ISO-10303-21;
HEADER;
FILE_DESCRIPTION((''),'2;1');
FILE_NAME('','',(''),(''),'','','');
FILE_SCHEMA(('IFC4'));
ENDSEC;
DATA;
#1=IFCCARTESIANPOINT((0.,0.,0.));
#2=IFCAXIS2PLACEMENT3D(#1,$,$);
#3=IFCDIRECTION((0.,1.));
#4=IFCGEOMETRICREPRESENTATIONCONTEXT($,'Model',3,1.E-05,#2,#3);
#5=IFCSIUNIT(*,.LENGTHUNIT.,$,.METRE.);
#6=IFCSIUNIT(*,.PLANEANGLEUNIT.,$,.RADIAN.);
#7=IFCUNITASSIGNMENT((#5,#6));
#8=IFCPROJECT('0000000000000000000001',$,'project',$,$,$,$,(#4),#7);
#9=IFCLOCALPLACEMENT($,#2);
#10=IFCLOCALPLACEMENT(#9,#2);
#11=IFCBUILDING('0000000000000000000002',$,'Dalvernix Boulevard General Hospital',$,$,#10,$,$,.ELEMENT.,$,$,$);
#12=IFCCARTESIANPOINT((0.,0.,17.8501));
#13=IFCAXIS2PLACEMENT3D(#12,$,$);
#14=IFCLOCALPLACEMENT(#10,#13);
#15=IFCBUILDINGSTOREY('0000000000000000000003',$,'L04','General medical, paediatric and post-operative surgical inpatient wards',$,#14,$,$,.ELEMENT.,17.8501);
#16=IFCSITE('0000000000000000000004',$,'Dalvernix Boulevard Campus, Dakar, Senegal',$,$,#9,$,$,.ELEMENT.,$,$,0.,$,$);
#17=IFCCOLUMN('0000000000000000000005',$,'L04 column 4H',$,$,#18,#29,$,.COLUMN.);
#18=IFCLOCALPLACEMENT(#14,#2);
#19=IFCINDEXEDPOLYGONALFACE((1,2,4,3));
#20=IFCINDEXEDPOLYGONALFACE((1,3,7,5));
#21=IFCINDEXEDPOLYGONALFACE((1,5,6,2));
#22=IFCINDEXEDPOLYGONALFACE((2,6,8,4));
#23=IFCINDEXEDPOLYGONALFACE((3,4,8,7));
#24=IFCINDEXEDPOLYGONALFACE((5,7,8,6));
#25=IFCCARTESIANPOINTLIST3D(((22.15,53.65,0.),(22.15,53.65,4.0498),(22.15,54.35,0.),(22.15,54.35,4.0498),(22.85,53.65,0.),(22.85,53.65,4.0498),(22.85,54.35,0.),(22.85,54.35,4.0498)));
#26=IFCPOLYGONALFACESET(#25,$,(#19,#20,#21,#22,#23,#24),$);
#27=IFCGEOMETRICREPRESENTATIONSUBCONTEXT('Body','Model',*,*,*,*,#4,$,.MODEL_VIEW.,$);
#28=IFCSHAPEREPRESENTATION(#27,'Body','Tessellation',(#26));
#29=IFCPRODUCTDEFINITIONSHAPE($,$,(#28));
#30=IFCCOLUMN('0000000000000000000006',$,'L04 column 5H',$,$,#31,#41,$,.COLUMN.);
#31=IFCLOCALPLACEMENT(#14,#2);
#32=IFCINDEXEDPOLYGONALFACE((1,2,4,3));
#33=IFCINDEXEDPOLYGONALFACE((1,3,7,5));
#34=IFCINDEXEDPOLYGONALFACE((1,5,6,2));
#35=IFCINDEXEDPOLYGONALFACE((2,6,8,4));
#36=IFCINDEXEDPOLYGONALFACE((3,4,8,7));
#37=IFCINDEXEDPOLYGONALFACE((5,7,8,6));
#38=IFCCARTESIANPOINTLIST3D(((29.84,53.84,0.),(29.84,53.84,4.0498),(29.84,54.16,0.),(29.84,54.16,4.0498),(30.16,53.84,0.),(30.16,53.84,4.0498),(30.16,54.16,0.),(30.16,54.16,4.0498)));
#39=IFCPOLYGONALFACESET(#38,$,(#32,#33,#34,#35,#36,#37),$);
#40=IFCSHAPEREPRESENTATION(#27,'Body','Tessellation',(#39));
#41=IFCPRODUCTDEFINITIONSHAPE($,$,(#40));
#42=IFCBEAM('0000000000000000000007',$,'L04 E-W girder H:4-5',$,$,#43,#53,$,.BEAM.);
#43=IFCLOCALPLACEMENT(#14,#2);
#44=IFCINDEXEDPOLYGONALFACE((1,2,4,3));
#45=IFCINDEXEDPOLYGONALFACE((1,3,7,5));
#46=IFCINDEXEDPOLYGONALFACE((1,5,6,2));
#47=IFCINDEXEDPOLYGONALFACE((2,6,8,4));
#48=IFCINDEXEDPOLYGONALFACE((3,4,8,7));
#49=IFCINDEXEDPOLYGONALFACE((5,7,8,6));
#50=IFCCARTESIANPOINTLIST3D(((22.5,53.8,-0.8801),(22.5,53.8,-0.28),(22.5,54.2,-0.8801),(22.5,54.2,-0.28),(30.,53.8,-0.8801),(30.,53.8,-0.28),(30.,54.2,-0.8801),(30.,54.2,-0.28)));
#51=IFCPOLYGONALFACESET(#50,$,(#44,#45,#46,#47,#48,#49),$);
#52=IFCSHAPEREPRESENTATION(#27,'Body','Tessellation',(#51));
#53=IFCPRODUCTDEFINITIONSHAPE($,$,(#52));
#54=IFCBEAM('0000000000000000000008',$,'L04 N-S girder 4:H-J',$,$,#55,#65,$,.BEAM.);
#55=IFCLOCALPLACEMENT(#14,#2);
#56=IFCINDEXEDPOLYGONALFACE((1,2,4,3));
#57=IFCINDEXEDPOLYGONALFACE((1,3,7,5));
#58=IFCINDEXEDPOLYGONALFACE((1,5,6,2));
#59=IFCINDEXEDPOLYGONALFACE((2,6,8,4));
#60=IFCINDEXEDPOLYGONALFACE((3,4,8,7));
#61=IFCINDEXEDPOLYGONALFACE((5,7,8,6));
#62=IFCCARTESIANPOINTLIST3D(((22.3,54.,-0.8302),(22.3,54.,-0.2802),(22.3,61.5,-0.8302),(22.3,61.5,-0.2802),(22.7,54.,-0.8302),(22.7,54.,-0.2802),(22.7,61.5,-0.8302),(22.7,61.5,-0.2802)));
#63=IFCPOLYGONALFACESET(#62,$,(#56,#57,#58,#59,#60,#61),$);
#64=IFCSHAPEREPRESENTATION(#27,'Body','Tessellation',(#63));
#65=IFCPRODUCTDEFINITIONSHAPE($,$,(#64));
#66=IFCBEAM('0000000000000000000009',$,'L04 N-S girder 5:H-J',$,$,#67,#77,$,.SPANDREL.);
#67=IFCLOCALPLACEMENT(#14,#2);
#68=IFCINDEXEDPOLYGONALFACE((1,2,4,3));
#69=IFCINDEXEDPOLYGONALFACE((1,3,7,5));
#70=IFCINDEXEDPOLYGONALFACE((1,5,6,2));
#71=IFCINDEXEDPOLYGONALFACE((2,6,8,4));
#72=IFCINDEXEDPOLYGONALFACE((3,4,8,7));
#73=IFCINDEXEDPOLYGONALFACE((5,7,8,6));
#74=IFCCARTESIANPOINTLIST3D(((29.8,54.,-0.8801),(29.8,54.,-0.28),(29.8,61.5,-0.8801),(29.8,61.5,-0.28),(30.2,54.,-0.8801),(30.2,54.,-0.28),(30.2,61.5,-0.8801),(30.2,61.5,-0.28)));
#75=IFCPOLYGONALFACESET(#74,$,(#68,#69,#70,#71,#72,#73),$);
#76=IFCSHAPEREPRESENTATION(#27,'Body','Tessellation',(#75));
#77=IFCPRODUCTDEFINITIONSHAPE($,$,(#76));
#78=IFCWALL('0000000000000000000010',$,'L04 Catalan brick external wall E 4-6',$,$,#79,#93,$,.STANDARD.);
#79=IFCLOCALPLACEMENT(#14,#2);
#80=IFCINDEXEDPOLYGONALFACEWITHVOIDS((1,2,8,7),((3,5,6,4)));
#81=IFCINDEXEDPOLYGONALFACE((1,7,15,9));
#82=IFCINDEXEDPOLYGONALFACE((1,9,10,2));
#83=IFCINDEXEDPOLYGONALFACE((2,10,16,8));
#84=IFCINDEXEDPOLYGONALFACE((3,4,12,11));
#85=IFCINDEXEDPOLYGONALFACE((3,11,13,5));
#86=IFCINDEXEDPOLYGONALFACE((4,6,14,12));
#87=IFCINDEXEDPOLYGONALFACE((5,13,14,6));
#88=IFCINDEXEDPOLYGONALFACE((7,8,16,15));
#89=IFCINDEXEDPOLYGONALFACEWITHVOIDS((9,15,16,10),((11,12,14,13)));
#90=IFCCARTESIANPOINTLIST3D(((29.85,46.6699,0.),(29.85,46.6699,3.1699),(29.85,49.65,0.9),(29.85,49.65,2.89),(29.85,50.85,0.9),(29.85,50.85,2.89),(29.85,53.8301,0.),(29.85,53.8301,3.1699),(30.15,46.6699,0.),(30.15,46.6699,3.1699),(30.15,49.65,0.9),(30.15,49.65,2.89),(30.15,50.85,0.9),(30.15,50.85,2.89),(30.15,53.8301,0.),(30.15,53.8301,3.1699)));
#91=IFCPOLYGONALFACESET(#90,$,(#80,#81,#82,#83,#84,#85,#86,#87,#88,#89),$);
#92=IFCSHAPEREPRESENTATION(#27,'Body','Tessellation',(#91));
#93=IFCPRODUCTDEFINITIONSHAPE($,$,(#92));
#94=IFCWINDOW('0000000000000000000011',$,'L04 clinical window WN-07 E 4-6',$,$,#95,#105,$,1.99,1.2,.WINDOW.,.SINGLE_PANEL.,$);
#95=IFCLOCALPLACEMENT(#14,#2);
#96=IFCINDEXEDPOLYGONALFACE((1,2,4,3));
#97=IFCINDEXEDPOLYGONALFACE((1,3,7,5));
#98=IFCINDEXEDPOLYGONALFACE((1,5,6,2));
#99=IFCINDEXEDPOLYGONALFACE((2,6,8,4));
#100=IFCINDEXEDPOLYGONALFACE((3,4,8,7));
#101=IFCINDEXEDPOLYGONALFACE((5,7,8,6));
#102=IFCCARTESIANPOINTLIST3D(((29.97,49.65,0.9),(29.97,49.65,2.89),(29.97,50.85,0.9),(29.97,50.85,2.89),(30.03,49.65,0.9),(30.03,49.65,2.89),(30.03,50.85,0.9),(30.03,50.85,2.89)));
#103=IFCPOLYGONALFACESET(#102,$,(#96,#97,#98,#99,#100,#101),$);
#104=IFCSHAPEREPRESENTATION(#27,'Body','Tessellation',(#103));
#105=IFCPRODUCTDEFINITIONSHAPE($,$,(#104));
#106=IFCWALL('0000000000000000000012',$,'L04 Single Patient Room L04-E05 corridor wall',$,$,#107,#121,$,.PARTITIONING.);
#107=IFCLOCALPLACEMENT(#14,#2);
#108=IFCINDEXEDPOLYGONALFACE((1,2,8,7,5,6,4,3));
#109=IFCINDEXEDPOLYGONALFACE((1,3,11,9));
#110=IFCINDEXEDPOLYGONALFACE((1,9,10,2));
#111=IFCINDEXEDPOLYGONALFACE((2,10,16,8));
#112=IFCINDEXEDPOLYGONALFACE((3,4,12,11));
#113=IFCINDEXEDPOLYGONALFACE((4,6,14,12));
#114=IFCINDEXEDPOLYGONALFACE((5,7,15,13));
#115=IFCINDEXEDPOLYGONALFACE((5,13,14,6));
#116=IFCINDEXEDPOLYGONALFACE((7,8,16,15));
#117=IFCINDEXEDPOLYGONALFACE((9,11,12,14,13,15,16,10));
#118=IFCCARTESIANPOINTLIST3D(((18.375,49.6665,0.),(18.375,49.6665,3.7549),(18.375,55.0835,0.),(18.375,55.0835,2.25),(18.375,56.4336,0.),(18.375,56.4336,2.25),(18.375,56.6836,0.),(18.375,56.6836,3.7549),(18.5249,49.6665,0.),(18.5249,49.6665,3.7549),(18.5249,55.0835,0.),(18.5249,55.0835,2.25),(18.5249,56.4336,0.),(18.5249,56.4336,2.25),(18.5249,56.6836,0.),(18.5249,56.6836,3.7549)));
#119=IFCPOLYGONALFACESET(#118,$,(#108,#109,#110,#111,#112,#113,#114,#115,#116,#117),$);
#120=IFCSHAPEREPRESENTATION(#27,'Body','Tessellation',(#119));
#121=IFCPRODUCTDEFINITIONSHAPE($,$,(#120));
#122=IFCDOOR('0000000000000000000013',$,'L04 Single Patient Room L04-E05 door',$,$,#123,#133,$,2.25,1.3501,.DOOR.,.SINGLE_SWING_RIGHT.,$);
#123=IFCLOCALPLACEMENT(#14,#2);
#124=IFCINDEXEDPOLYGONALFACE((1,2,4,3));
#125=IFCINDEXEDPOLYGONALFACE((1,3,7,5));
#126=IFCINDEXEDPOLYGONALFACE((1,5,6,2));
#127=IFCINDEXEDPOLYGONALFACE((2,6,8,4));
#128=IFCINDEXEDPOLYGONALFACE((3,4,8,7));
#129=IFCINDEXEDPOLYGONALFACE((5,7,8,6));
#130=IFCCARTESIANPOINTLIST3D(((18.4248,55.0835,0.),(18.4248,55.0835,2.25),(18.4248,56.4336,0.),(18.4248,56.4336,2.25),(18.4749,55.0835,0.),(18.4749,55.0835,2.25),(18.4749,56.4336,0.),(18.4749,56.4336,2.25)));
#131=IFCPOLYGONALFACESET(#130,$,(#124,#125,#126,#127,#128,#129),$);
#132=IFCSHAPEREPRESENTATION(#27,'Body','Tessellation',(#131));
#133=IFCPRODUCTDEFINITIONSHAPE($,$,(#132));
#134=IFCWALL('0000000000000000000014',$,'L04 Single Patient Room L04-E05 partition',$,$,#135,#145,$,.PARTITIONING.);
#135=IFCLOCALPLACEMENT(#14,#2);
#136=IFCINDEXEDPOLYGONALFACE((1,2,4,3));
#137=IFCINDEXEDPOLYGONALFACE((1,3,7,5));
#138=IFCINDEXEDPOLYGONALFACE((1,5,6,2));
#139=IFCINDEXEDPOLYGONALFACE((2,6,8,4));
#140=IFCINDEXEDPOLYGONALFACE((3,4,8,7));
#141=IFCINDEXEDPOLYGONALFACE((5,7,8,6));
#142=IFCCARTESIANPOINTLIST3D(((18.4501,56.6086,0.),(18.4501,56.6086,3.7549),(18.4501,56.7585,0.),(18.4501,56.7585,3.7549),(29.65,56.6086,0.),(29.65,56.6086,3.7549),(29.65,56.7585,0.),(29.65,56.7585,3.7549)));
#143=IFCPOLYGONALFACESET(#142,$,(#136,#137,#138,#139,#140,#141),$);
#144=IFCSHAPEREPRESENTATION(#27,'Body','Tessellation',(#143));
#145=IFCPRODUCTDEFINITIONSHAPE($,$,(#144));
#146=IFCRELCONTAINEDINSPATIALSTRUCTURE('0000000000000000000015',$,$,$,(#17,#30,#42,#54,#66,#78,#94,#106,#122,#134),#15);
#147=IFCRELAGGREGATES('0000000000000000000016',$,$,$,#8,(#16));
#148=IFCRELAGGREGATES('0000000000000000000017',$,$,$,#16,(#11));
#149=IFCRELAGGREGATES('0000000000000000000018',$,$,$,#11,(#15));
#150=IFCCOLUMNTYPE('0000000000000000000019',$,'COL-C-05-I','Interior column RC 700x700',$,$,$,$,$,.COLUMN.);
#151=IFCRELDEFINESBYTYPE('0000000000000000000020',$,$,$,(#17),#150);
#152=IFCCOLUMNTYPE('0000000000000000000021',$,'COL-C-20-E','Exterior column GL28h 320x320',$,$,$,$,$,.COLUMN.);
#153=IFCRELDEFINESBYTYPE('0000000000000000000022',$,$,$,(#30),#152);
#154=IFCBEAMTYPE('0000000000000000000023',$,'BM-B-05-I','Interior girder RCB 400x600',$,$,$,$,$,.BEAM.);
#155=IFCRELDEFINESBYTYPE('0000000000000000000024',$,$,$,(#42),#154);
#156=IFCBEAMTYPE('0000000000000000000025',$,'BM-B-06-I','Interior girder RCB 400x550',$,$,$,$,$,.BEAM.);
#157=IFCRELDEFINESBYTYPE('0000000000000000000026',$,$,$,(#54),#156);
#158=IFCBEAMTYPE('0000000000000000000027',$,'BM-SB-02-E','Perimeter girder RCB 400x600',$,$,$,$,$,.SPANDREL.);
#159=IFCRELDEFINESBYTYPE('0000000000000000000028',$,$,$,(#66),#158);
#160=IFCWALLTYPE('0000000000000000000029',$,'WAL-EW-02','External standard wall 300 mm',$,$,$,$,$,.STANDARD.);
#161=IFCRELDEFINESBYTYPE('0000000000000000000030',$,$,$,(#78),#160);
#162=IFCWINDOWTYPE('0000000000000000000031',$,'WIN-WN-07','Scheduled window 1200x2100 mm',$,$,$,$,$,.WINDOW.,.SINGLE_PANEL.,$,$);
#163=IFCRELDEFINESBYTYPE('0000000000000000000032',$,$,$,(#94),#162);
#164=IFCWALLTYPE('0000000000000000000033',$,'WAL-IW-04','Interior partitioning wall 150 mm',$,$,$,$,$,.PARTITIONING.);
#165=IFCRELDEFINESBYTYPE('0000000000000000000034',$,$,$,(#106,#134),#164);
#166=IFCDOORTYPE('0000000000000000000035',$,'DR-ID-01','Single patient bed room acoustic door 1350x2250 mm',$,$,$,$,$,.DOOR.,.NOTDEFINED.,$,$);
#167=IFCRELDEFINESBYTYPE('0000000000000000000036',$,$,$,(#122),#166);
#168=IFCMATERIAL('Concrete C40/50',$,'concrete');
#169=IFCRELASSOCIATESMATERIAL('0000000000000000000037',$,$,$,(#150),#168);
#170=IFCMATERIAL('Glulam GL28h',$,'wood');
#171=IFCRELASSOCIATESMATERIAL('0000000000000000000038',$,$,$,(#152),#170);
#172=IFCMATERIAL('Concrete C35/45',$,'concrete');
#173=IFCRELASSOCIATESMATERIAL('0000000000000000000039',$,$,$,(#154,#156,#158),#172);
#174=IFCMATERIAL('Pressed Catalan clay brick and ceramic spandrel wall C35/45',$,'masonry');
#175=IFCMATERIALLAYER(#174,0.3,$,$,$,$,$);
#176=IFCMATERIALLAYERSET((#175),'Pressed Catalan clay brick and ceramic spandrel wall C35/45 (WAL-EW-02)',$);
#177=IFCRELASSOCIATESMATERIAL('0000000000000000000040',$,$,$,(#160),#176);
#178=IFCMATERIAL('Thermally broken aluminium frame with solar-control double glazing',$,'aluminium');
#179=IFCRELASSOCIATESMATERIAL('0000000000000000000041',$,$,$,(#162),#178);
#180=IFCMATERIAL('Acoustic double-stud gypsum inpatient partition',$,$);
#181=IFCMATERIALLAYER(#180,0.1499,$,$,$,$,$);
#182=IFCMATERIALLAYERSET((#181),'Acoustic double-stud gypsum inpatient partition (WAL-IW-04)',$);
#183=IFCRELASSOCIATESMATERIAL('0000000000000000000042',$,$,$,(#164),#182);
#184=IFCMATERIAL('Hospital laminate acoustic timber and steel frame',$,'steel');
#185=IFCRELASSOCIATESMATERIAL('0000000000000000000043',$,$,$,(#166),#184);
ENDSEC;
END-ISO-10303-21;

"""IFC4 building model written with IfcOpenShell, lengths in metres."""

from ifc_helpers import new_model, si_unit, direction, frame, frame_2d, origin, origin_2d, place, context, subcontext, project, spatial, rectangle, extrude, material, layer, layer_set, material_profile, profile_set, type_object, element, fill, save


model = new_model("IFC4")

# Units and contexts
model_context = context("Model", 3, precision=1e-05, world=origin(), true_north=direction((0.0, 1.0)))
body_context = subcontext(model_context, "Body", "Model", "MODEL_VIEW")
ifc_project = project(units=[si_unit("LENGTHUNIT", "METRE"), si_unit("PLANEANGLEUNIT", "RADIAN")], contexts=[model_context])

# Site, building, storey
site_placement = place(None, origin())
site = spatial("IfcSite", under=ifc_project, at=site_placement, Name="Dalvernix Boulevard Campus, Dakar, Senegal", CompositionType="ELEMENT", RefElevation=0.0)
building_placement = place(site_placement, origin())
building = spatial("IfcBuilding", under=site, at=building_placement, Name="Dalvernix Boulevard General Hospital", CompositionType="ELEMENT")
storey_placement = place(building_placement, frame((0.0, 0.0, 17.8501)))
storey = spatial("IfcBuildingStorey", under=building, at=storey_placement, Name="L04", Description="General medical, paediatric and post-operative surgical inpatient wards", CompositionType="ELEMENT", Elevation=17.8501)

# Columns
ifc_material_1 = material(Name="Concrete C40/50", Category="concrete")
ifc_material_profile_1 = material_profile(ifc_material_1, rectangle(XDim=0.7, YDim=0.7, at=origin_2d()), Name="RC 700x700")
ifc_profile_set_1 = profile_set([ifc_material_profile_1], Name="Concrete C40/50")
column_type_1 = type_object("IfcColumnType", Name="COL-C-05-I", Description="Interior column RC 700x700", PredefinedType="COLUMN", material=ifc_profile_set_1)
column_1_placement = place(storey_placement, frame((22.5, 54.0, 0.0), z_axis=(0.0, 0.0, 1.0), x_axis=(1.0, 0.0, 0.0)))
element("IfcColumn", 1, at=column_1_placement, inside=storey, type_object=column_type_1, Name="L04 column 4H", PredefinedType="COLUMN", context=body_context, shape_type="SweptSolid", body=[
    extrude(rectangle(XDim=0.7, YDim=0.7, at=origin_2d()), origin(), (0.0, 0.0, 1.0), 4.0498),
])
ifc_material_2 = material(Name="Glulam GL28h", Category="wood")
ifc_material_profile_2 = material_profile(ifc_material_2, rectangle(XDim=0.3201, YDim=0.3201, at=origin_2d()), Name="GL28h 320x320")
ifc_profile_set_2 = profile_set([ifc_material_profile_2], Name="Glulam GL28h")
column_type_2 = type_object("IfcColumnType", Name="COL-C-20-E", Description="Exterior column GL28h 320x320", PredefinedType="COLUMN", material=ifc_profile_set_2)
column_2_placement = place(storey_placement, frame((30.0, 54.0, 0.0), z_axis=(0.0, 0.0, 1.0), x_axis=(1.0, 0.0, 0.0)))
element("IfcColumn", 2, at=column_2_placement, inside=storey, type_object=column_type_2, Name="L04 column 5H", PredefinedType="COLUMN", context=body_context, shape_type="SweptSolid", body=[
    extrude(rectangle(XDim=0.3201, YDim=0.3201, at=origin_2d()), origin(), (0.0, 0.0, 1.0), 4.0498),
])

# Beams
ifc_material_3 = material(Name="Concrete C35/45", Category="concrete")
ifc_material_profile_3 = material_profile(ifc_material_3, rectangle(XDim=0.3999, YDim=0.6001, at=origin_2d()), Name="RCB 400x600")
ifc_profile_set_3 = profile_set([ifc_material_profile_3], Name="Concrete C35/45")
beam_type_1 = type_object("IfcBeamType", Name="BM-B-05-I", Description="Interior girder RCB 400x600", PredefinedType="BEAM", material=ifc_profile_set_3)
beam_1_placement = place(storey_placement, frame((22.5, 54.0, -0.5801), z_axis=(1.0, 0.0, 0.0), x_axis=(0.0, 1.0, 0.0)))
element("IfcBeam", 3, at=beam_1_placement, inside=storey, type_object=beam_type_1, Name="L04 E-W girder H:4-5", PredefinedType="BEAM", context=body_context, shape_type="SweptSolid", body=[
    extrude(rectangle(XDim=0.3999, YDim=0.6001, at=origin_2d()), origin(), (0.0, 0.0, 1.0), 7.5),
])
ifc_material_profile_4 = material_profile(ifc_material_3, rectangle(XDim=0.3999, YDim=0.55, at=origin_2d()), Name="RCB 400x550")
ifc_profile_set_4 = profile_set([ifc_material_profile_4], Name="Concrete C35/45")
beam_type_2 = type_object("IfcBeamType", Name="BM-B-06-I", Description="Interior girder RCB 400x550", PredefinedType="BEAM", material=ifc_profile_set_4)
beam_2_placement = place(storey_placement, frame((22.5, 54.0, -0.5552), z_axis=(0.0, 1.0, 0.0), x_axis=(-1.0, 0.0, 0.0)))
element("IfcBeam", 4, at=beam_2_placement, inside=storey, type_object=beam_type_2, Name="L04 N-S girder 4:H-J", PredefinedType="BEAM", context=body_context, shape_type="SweptSolid", body=[
    extrude(rectangle(XDim=0.3999, YDim=0.55, at=origin_2d()), origin(), (0.0, 0.0, 1.0), 7.5),
])
ifc_material_profile_5 = material_profile(ifc_material_3, rectangle(XDim=0.3999, YDim=0.6001, at=origin_2d()), Name="RCB 400x600")
ifc_profile_set_5 = profile_set([ifc_material_profile_5], Name="Concrete C35/45")
beam_type_3 = type_object("IfcBeamType", Name="BM-SB-02-E", Description="Perimeter girder RCB 400x600", PredefinedType="SPANDREL", material=ifc_profile_set_5)
beam_3_placement = place(storey_placement, frame((30.0, 54.0, -0.5801), z_axis=(0.0, 1.0, 0.0), x_axis=(-1.0, 0.0, 0.0)))
element("IfcBeam", 5, at=beam_3_placement, inside=storey, type_object=beam_type_3, Name="L04 N-S girder 5:H-J", PredefinedType="SPANDREL", context=body_context, shape_type="SweptSolid", body=[
    extrude(rectangle(XDim=0.3999, YDim=0.6001, at=origin_2d()), origin(), (0.0, 0.0, 1.0), 7.5),
])

# Wall, opening, window
ifc_material_4 = material(Name="Pressed Catalan clay brick and ceramic spandrel wall C35/45", Category="masonry")
ifc_layer_1 = layer(ifc_material_4, 0.3)
ifc_layer_set_1 = layer_set([ifc_layer_1], Name="Pressed Catalan clay brick and ceramic spandrel wall C35/45 (WAL-EW-02)")
wall_type_1 = type_object("IfcWallType", Name="WAL-EW-02", Description="External standard wall 300 mm", PredefinedType="STANDARD", material=ifc_layer_set_1)
wall_1_placement = place(storey_placement, frame((30.0, 53.8301, 0.0), z_axis=(0.0, 0.0, 1.0), x_axis=(0.0, -1.0, 0.0)))
wall_1 = element("IfcWall", 6, at=wall_1_placement, inside=storey, type_object=wall_type_1, Name="L04 Catalan brick external wall E 4-6", PredefinedType="STANDARD", context=body_context, shape_type="SweptSolid", body=[
    extrude(rectangle(XDim=7.1602, YDim=0.3, at=frame_2d((3.5801, 0.0))), origin(), (0.0, 0.0, 1.0), 3.1699),
])
opening_1_placement = place(wall_1_placement, frame((2.98, 0.0, 0.8999)))
opening_1 = element("IfcOpeningElement", 7, at=opening_1_placement, cuts=wall_1, PredefinedType="OPENING", context=body_context, shape_type="SweptSolid", body=[
    extrude(rectangle(XDim=1.2, YDim=1.99, at=frame_2d((0.6001, 0.9951))), frame((0.0, 0.1599, 0.0), z_axis=(0.0, -1.0, 0.0), x_axis=(1.0, 0.0, 0.0)), (0.0, 0.0, 1.0), 0.3201),
])
ifc_material_5 = material(Name="Thermally broken aluminium frame with solar-control double glazing", Category="aluminium")
window_type = type_object("IfcWindowType", Name="WIN-WN-07", Description="Scheduled window 1200x2100 mm", PartitioningType="SINGLE_PANEL", PredefinedType="WINDOW", material=ifc_material_5)
window_placement = place(opening_1_placement, origin())
window = element("IfcWindow", 8, at=window_placement, inside=storey, type_object=window_type, Name="L04 clinical window WN-07 E 4-6", OverallHeight=1.99, OverallWidth=1.2, PartitioningType="SINGLE_PANEL", PredefinedType="WINDOW", context=body_context, shape_type="SweptSolid", body=[
    extrude(rectangle(XDim=1.2, YDim=1.99, at=frame_2d((0.6001, 0.9951))), frame((0.0, 0.03, 0.0), z_axis=(0.0, -1.0, 0.0), x_axis=(1.0, 0.0, 0.0)), (0.0, 0.0, 1.0), 0.0601),
])
fill(opening_1, window)

# Wall, opening, door
ifc_material_6 = material(Name="Acoustic double-stud gypsum inpatient partition")
ifc_layer_2 = layer(ifc_material_6, 0.1499)
ifc_layer_set_2 = layer_set([ifc_layer_2], Name="Acoustic double-stud gypsum inpatient partition (WAL-IW-04)")
wall_type_2 = type_object("IfcWallType", Name="WAL-IW-04", Description="Interior partitioning wall 150 mm", PredefinedType="PARTITIONING", material=ifc_layer_set_2)
wall_2_placement = place(storey_placement, frame((18.45, 56.6836, 0.0), z_axis=(0.0, 0.0, 1.0), x_axis=(0.0, -1.0, 0.0)))
wall_2 = element("IfcWall", 9, at=wall_2_placement, inside=storey, type_object=wall_type_2, Name="L04 Single Patient Room L04-E05 corridor wall", PredefinedType="PARTITIONING", context=body_context, shape_type="SweptSolid", body=[
    extrude(rectangle(XDim=7.0171, YDim=0.1499, at=frame_2d((3.5085, 0.0))), origin(), (0.0, 0.0, 1.0), 3.7549),
])
opening_2_placement = place(wall_2_placement, frame((0.25, 0.0, 0.0)))
opening_2 = element("IfcOpeningElement", 10, at=opening_2_placement, cuts=wall_2, PredefinedType="OPENING", context=body_context, shape_type="SweptSolid", body=[
    extrude(rectangle(XDim=1.3501, YDim=2.25, at=frame_2d((0.675, 1.125))), frame((0.0, 0.085, 0.0), z_axis=(0.0, -1.0, 0.0), x_axis=(1.0, 0.0, 0.0)), (0.0, 0.0, 1.0), 0.1699),
])
ifc_material_7 = material(Name="Hospital laminate acoustic timber and steel frame", Category="steel")
door_type_1 = type_object("IfcDoorType", Name="DR-ID-01", Description="Single patient bed room acoustic door 1350x2250 mm", OperationType="NOTDEFINED", PredefinedType="DOOR", material=ifc_material_7)
door_1_placement = place(opening_2_placement, origin())
door_1 = element("IfcDoor", 11, at=door_1_placement, inside=storey, type_object=door_type_1, Name="L04 Single Patient Room L04-E05 door", OperationType="SINGLE_SWING_RIGHT", OverallHeight=2.25, OverallWidth=1.3501, PredefinedType="DOOR", context=body_context, shape_type="SweptSolid", body=[
    extrude(rectangle(XDim=1.3501, YDim=2.25, at=frame_2d((0.675, 1.125))), frame((0.0, 0.0249, 0.0), z_axis=(0.0, -1.0, 0.0), x_axis=(1.0, 0.0, 0.0)), (0.0, 0.0, 1.0), 0.05),
])
fill(opening_2, door_1)

# Wall
wall_3_placement = place(storey_placement, frame((18.45, 56.6836, 0.0), z_axis=(0.0, 0.0, 1.0), x_axis=(1.0, 0.0, 0.0)))
element("IfcWall", 12, at=wall_3_placement, inside=storey, type_object=wall_type_2, Name="L04 Single Patient Room L04-E05 partition", PredefinedType="PARTITIONING", context=body_context, shape_type="SweptSolid", body=[
    extrude(rectangle(XDim=11.2, YDim=0.1499, at=frame_2d((5.6001, 0.0))), origin(), (0.0, 0.0, 1.0), 3.7549),
])

save(model, "model.ifc")
